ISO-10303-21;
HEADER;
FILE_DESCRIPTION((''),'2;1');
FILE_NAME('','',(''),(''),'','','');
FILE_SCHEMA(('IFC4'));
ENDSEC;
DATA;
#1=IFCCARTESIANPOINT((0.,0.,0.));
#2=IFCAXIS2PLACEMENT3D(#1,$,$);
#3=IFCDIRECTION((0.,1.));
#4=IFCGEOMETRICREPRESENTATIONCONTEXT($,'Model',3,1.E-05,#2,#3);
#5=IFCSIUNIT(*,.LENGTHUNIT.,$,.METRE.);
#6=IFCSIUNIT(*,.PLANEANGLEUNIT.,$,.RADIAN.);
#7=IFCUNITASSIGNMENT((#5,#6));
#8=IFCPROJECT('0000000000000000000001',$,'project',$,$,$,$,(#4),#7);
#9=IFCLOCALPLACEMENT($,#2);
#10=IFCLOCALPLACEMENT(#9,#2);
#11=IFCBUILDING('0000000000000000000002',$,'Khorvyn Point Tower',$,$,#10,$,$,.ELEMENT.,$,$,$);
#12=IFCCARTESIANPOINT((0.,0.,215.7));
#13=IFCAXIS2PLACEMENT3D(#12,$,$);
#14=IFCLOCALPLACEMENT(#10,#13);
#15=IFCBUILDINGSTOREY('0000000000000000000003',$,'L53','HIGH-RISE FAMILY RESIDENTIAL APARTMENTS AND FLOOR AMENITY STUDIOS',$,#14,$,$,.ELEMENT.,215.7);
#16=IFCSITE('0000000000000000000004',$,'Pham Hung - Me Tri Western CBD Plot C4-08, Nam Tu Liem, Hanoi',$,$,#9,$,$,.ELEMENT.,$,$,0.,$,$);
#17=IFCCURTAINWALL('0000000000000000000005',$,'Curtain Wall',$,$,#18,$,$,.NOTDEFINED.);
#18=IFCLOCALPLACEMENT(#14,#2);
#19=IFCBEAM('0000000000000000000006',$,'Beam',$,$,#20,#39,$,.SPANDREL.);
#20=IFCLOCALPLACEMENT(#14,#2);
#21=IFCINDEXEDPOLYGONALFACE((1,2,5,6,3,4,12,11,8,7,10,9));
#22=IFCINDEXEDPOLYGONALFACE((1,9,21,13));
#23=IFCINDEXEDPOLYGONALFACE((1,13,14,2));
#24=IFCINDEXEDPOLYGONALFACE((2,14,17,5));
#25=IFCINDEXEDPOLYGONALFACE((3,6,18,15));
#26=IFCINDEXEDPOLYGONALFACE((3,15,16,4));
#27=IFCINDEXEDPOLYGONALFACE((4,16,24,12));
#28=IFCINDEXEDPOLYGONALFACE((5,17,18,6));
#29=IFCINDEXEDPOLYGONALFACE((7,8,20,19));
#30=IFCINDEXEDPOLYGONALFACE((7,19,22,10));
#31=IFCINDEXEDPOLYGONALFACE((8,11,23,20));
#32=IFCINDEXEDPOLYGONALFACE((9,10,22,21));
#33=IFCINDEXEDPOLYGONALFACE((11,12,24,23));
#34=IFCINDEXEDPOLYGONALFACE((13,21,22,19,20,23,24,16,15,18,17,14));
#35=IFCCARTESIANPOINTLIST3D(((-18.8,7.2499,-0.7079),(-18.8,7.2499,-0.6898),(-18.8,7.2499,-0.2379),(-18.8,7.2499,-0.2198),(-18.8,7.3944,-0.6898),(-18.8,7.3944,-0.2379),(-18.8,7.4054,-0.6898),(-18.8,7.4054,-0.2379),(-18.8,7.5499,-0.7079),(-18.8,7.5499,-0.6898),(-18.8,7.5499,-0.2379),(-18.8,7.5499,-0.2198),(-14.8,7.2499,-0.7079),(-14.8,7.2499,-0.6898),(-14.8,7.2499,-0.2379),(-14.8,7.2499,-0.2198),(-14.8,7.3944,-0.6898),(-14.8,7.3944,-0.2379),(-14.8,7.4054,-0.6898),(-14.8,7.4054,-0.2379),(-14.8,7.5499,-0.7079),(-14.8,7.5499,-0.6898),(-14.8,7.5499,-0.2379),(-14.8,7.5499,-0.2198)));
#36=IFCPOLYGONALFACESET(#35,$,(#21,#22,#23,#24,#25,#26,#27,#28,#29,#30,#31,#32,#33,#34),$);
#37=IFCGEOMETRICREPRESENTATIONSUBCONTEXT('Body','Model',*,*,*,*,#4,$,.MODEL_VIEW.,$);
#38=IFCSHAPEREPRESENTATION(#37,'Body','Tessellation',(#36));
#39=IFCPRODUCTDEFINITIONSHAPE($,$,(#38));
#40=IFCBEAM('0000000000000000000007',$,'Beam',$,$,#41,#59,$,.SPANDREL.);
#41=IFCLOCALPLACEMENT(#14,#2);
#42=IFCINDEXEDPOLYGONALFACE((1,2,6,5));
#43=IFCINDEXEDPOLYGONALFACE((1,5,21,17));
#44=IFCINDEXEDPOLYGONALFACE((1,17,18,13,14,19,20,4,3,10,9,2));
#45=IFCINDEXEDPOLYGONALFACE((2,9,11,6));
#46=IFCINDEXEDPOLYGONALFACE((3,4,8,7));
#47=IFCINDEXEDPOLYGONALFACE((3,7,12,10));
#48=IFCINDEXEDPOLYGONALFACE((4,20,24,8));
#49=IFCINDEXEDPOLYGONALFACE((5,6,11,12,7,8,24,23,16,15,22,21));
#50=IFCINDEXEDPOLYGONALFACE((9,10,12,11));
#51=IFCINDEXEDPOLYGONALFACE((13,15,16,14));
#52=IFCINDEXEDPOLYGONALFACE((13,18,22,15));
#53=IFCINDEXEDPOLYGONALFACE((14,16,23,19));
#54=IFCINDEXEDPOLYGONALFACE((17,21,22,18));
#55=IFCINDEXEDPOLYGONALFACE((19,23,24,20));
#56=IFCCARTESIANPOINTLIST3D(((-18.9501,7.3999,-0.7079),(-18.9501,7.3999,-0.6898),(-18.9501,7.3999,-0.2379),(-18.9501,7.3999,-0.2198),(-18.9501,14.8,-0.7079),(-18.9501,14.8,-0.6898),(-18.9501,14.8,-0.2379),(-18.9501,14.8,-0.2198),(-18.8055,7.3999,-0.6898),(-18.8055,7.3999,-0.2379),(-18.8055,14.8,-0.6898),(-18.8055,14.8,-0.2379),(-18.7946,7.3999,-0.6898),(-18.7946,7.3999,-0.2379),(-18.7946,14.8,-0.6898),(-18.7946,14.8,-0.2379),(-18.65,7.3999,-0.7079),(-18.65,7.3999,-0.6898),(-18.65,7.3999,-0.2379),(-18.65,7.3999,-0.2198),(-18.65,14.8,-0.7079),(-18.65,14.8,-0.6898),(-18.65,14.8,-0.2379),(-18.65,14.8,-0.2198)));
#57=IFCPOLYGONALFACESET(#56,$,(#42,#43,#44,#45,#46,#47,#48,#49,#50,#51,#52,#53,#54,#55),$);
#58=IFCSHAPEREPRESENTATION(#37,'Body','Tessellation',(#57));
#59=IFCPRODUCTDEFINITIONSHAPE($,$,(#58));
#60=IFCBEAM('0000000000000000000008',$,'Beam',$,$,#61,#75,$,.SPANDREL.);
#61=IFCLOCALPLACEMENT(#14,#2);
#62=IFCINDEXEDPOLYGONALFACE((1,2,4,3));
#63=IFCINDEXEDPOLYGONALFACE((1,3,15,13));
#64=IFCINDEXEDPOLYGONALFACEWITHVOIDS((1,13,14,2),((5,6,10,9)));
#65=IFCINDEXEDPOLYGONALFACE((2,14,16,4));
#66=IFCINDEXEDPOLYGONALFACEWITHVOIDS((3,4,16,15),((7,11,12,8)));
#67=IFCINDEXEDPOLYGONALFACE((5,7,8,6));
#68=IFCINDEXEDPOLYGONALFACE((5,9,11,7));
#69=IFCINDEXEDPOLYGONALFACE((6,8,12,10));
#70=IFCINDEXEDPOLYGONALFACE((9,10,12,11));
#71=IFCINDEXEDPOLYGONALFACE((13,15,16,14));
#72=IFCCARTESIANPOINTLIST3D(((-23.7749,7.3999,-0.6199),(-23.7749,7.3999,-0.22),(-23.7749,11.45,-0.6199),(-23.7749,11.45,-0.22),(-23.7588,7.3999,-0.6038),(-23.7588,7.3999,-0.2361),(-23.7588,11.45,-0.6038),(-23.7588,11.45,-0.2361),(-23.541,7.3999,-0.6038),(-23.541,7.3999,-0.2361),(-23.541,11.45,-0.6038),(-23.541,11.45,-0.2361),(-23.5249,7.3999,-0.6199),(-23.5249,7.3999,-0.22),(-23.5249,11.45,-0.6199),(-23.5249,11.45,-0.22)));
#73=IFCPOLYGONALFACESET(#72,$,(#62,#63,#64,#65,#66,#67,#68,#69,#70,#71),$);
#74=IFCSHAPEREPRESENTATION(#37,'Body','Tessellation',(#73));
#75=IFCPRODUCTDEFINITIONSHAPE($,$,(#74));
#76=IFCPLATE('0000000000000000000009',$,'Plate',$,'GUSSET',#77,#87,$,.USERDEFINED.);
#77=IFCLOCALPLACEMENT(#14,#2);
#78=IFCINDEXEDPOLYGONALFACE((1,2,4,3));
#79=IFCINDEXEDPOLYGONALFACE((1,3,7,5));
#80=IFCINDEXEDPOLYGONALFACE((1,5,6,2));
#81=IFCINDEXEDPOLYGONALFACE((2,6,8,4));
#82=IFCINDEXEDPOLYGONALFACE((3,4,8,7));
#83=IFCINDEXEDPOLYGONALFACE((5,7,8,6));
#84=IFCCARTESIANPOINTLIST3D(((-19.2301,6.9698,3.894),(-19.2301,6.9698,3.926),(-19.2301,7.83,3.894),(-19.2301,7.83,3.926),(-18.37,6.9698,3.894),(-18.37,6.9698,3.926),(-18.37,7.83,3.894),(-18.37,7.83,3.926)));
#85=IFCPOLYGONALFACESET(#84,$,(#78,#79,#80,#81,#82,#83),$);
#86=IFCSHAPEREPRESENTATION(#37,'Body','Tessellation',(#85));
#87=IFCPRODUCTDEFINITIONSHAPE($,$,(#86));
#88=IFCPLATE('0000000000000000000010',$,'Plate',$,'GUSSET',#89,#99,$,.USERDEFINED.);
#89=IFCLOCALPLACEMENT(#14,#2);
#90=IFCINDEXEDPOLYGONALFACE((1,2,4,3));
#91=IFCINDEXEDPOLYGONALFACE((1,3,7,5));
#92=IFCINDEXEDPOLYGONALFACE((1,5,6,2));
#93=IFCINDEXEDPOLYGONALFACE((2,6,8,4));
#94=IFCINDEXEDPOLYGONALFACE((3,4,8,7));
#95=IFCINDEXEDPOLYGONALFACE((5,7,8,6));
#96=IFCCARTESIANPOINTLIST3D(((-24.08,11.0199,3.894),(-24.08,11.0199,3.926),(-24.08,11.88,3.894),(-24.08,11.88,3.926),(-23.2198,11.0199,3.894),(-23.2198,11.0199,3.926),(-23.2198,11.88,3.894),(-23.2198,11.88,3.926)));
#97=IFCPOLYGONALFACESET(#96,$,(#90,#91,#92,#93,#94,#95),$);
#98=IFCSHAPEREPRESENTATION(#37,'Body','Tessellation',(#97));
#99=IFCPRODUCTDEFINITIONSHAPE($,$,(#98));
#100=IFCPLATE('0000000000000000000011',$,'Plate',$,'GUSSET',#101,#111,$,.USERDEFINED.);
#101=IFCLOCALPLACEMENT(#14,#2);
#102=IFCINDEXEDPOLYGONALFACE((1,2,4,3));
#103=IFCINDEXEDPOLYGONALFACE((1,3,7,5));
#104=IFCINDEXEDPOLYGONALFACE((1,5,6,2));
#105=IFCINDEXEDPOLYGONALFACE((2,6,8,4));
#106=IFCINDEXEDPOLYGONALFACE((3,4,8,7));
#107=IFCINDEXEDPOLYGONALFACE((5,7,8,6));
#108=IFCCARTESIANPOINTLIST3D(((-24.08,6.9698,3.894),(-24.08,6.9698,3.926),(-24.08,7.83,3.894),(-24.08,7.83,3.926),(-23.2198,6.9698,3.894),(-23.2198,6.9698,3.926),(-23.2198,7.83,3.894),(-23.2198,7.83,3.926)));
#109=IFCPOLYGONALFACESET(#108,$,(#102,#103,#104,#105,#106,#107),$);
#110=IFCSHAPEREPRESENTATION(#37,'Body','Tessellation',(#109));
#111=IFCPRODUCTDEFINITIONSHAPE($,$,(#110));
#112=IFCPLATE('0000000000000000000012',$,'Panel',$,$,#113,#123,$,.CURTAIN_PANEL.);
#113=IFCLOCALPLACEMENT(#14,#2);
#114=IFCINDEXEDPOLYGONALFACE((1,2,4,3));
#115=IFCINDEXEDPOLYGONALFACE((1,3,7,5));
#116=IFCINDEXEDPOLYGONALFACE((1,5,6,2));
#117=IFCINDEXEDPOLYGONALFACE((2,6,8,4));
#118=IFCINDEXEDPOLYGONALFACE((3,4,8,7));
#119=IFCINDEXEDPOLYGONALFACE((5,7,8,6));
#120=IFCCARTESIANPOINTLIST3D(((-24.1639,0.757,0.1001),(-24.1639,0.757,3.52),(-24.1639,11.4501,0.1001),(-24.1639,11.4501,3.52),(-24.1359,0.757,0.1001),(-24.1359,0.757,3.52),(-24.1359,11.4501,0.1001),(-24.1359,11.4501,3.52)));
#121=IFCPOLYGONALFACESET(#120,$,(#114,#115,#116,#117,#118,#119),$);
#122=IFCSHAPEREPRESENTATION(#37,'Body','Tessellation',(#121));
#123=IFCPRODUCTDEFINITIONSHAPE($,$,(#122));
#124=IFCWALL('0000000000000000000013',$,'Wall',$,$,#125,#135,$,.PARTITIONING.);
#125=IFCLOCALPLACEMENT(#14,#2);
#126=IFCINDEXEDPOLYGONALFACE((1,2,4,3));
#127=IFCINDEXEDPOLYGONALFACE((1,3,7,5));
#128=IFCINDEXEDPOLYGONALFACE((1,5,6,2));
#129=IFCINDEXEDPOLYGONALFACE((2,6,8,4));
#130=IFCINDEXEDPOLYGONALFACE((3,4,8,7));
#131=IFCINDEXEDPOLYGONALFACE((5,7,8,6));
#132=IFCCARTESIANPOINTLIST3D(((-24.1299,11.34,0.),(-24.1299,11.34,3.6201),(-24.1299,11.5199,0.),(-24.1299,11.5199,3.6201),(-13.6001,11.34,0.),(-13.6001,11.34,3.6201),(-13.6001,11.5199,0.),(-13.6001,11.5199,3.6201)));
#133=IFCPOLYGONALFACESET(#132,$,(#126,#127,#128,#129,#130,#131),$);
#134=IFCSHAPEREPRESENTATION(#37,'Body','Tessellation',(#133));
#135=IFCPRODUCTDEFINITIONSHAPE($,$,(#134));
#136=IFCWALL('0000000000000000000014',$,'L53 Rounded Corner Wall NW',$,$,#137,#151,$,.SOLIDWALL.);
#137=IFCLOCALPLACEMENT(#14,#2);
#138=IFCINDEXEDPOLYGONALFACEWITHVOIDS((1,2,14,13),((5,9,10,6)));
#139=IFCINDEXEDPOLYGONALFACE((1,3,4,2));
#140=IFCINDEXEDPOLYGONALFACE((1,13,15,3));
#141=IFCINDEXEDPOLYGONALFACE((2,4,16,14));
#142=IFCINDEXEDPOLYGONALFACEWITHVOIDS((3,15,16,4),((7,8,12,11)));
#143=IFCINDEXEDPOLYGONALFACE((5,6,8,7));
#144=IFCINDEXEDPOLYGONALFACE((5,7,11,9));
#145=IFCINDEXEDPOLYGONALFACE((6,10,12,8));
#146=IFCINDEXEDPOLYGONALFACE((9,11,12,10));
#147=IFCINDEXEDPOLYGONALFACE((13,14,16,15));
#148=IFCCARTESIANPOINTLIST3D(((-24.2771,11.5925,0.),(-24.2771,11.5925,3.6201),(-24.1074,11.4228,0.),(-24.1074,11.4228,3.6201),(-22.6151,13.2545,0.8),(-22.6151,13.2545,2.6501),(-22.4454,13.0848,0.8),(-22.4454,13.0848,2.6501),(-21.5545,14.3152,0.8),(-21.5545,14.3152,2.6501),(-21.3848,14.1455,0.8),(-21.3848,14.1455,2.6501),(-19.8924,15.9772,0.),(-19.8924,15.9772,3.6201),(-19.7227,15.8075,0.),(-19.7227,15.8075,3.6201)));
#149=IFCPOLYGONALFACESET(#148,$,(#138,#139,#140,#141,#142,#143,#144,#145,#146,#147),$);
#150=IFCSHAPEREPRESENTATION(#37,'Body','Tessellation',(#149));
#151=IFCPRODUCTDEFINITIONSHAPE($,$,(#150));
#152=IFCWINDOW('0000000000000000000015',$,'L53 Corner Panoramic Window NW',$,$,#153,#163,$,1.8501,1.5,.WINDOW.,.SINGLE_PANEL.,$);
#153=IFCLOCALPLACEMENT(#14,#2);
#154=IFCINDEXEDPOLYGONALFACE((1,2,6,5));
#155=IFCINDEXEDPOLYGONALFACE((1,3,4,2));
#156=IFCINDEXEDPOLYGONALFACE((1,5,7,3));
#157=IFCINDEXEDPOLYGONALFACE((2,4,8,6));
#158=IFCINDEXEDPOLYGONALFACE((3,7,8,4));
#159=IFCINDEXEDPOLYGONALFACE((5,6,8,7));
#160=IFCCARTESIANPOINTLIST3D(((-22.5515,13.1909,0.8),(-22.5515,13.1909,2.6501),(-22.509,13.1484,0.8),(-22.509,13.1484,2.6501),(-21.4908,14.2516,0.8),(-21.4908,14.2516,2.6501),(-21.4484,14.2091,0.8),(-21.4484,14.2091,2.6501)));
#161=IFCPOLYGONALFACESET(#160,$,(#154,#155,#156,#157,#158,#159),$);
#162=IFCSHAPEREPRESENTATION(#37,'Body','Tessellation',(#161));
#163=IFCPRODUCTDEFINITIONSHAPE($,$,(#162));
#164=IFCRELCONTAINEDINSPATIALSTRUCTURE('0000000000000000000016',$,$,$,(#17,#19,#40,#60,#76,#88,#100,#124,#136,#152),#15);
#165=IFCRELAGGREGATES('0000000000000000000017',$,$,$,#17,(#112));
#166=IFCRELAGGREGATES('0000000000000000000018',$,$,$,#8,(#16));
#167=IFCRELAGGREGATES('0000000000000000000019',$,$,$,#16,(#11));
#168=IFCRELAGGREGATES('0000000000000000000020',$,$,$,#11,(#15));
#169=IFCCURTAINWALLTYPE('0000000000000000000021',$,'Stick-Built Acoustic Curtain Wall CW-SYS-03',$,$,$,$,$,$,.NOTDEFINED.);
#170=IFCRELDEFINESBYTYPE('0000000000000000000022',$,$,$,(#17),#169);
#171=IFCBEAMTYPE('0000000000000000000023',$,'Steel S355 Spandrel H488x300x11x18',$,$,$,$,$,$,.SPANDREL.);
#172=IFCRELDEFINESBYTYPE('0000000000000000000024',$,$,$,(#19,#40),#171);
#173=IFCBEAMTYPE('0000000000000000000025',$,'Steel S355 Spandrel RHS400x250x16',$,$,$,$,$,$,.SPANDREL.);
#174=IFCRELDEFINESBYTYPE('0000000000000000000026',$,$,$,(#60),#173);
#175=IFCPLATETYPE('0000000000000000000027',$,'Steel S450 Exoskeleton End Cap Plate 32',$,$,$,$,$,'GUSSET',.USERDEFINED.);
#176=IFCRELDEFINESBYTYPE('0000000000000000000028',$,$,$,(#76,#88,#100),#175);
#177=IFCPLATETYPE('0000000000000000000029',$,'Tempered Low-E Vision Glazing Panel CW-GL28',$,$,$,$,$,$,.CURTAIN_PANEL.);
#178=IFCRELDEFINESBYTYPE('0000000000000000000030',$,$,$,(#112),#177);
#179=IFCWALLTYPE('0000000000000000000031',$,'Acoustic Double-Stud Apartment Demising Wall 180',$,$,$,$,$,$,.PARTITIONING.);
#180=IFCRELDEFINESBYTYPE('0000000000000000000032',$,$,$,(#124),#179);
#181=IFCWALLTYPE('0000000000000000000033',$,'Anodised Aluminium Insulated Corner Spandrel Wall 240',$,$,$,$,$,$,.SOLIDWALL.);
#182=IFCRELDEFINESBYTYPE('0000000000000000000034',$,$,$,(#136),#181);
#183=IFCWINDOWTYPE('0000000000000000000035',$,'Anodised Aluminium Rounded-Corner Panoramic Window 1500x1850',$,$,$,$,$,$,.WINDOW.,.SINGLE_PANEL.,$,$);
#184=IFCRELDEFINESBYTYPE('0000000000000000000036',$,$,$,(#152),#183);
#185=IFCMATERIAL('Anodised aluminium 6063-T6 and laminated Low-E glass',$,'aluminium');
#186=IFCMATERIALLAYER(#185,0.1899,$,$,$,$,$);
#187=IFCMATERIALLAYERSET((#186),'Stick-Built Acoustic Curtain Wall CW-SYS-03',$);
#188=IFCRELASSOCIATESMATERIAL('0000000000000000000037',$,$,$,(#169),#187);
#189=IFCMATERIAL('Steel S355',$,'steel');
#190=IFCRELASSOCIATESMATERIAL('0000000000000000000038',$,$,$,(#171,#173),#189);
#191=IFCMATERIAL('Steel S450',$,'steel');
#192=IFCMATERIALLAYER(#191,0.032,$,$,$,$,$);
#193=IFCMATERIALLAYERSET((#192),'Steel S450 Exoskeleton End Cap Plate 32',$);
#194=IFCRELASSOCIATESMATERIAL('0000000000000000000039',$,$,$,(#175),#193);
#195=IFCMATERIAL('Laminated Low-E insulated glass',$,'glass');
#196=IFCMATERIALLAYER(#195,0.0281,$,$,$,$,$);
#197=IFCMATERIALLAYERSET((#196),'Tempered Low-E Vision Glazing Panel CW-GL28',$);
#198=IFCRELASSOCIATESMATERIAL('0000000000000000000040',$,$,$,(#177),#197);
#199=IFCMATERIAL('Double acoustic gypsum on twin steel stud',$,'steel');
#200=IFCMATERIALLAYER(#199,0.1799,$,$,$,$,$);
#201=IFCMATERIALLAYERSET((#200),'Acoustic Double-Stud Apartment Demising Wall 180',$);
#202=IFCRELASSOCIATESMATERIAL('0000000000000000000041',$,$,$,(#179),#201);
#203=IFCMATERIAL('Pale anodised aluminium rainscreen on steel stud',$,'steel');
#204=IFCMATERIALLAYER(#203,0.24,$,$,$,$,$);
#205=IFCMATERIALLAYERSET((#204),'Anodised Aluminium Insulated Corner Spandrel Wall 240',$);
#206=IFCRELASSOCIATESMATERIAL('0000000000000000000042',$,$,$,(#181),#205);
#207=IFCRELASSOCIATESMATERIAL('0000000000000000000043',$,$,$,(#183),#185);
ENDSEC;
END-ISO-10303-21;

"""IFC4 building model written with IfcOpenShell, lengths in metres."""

from ifc_helpers import new_model, si_unit, direction, frame, frame_2d, origin, origin_2d, place, context, subcontext, project, spatial, rectangle, hollow_rectangle, i_section, extrude, material, layer, layer_set, material_profile, profile_set, type_object, element, fill, aggregate, save


model = new_model("IFC4")

# Units and contexts
model_context = context("Model", 3, precision=1e-05, world=origin(), true_north=direction((0.0, 1.0)))
body_context = subcontext(model_context, "Body", "Model", "MODEL_VIEW")
ifc_project = project(units=[si_unit("LENGTHUNIT", "METRE"), si_unit("PLANEANGLEUNIT", "RADIAN")], contexts=[model_context])

# Site, building, storey
site_placement = place(None, origin())
site = spatial("IfcSite", under=ifc_project, at=site_placement, Name="Pham Hung - Me Tri Western CBD Plot C4-08, Nam Tu Liem, Hanoi", CompositionType="ELEMENT", RefElevation=0.0)
building_placement = place(site_placement, origin())
building = spatial("IfcBuilding", under=site, at=building_placement, Name="Khorvyn Point Tower", CompositionType="ELEMENT")
storey_placement = place(building_placement, frame((0.0, 0.0, 215.7)))
storey = spatial("IfcBuildingStorey", under=building, at=storey_placement, Name="L53", Description="HIGH-RISE FAMILY RESIDENTIAL APARTMENTS AND FLOOR AMENITY STUDIOS", CompositionType="ELEMENT", Elevation=215.7)

# Shared definitions
ifc_material_1 = material(Name="Steel S450", Category="steel")

# Curtain wall
ifc_material_2 = material(Name="Anodised aluminium 6063-T6 and laminated Low-E glass", Category="aluminium")
ifc_layer_1 = layer(ifc_material_2, 0.1899)
ifc_layer_set_1 = layer_set([ifc_layer_1], Name="Stick-Built Acoustic Curtain Wall CW-SYS-03")
curtain_wall_type = type_object("IfcCurtainWallType", Name="Stick-Built Acoustic Curtain Wall CW-SYS-03", PredefinedType="NOTDEFINED", material=ifc_layer_set_1)
curtain_wall_1_placement = place(storey_placement, origin())
curtain_wall_1 = element("IfcCurtainWall", 1, at=curtain_wall_1_placement, inside=storey, type_object=curtain_wall_type, Name="Curtain Wall", PredefinedType="NOTDEFINED")

# Beams
ifc_material_3 = material(Name="Steel S355", Category="steel")
ifc_material_profile_1 = material_profile(ifc_material_3, i_section(OverallWidth=0.3, OverallDepth=0.488, WebThickness=0.011, FlangeThickness=0.0181, at=origin_2d()))
ifc_profile_set_1 = profile_set([ifc_material_profile_1], Name="Steel S355 H488x300x11x18")
beam_type_1 = type_object("IfcBeamType", Name="Steel S355 Spandrel H488x300x11x18", PredefinedType="SPANDREL", material=ifc_profile_set_1)
beam_1_placement = place(storey_placement, frame((-18.8, 7.3999, -0.4639), z_axis=(1.0, 0.0, 0.0), x_axis=(0.0, 1.0, 0.0)))
element("IfcBeam", 2, at=beam_1_placement, inside=storey, type_object=beam_type_1, Name="Beam", PredefinedType="SPANDREL", context=body_context, shape_type="SweptSolid", body=[
    extrude(i_section(OverallWidth=0.3, OverallDepth=0.488, WebThickness=0.011, FlangeThickness=0.0181, at=origin_2d()), origin(), (0.0, 0.0, 1.0), 4.0),
])
beam_2_placement = place(storey_placement, frame((-18.8, 7.3999, -0.4639), z_axis=(0.0, 1.0, 0.0), x_axis=(-1.0, 0.0, 0.0)))
element("IfcBeam", 3, at=beam_2_placement, inside=storey, type_object=beam_type_1, Name="Beam", PredefinedType="SPANDREL", context=body_context, shape_type="SweptSolid", body=[
    extrude(i_section(OverallWidth=0.3, OverallDepth=0.488, WebThickness=0.011, FlangeThickness=0.0181, at=origin_2d()), origin(), (0.0, 0.0, 1.0), 7.4001),
])
ifc_material_profile_2 = material_profile(ifc_material_3, hollow_rectangle(XDim=0.25, YDim=0.3999, WallThickness=0.0161, at=origin_2d()))
ifc_profile_set_2 = profile_set([ifc_material_profile_2], Name="Steel S355 RHS400x250x16")
beam_type_2 = type_object("IfcBeamType", Name="Steel S355 Spandrel RHS400x250x16", PredefinedType="SPANDREL", material=ifc_profile_set_2)
beam_3_placement = place(storey_placement, frame((-23.6499, 7.3999, -0.4199), z_axis=(0.0, 1.0, 0.0), x_axis=(-1.0, 0.0, 0.0)))
element("IfcBeam", 4, at=beam_3_placement, inside=storey, type_object=beam_type_2, Name="Beam", PredefinedType="SPANDREL", context=body_context, shape_type="SweptSolid", body=[
    extrude(hollow_rectangle(XDim=0.25, YDim=0.3999, WallThickness=0.0161, at=origin_2d()), origin(), (0.0, 0.0, 1.0), 4.05),
])

# Plates
ifc_layer_2 = layer(ifc_material_1, 0.032)
ifc_layer_set_2 = layer_set([ifc_layer_2], Name="Steel S450 Exoskeleton End Cap Plate 32")
plate_type_1 = type_object("IfcPlateType", Name="Steel S450 Exoskeleton End Cap Plate 32", ElementType="GUSSET", PredefinedType="USERDEFINED", material=ifc_layer_set_2)
for number, where, z_axis, x_axis, name in (
    (5, (-18.8, 7.3999, 3.894), (0.0, 0.0, 1.0), (1.0, 0.0, 0.0), "Plate"),
    (6, (-23.6499, 11.45, 3.894), (0.0, 0.0, 1.0), (1.0, 0.0, 0.0), "Plate"),
    (7, (-23.6499, 7.3999, 3.894), (0.0, 0.0, 1.0), (1.0, 0.0, 0.0), "Plate"),
):
    element("IfcPlate", number, at=place(storey_placement, frame(where, z_axis=z_axis, x_axis=x_axis)), inside=storey, type_object=plate_type_1, Name=name, ObjectType="GUSSET", PredefinedType="USERDEFINED", context=body_context, shape_type="SweptSolid", body=[
        extrude(rectangle(XDim=0.8601, YDim=0.8601, at=origin_2d()), origin(), (0.0, 0.0, 1.0), 0.032),
    ])

# Plate
ifc_material_4 = material(Name="Laminated Low-E insulated glass", Category="glass")
ifc_layer_3 = layer(ifc_material_4, 0.0281)
ifc_layer_set_3 = layer_set([ifc_layer_3], Name="Tempered Low-E Vision Glazing Panel CW-GL28")
plate_type_2 = type_object("IfcPlateType", Name="Tempered Low-E Vision Glazing Panel CW-GL28", PredefinedType="CURTAIN_PANEL", material=ifc_layer_set_3)
plate_placement = place(storey_placement, frame((-24.1499, 6.1035, 0.1001), z_axis=(0.0, 0.0, 1.0), x_axis=(0.0, 1.0, 0.0)))
plate = element("IfcPlate", 8, at=plate_placement, type_object=plate_type_2, Name="Panel", PredefinedType="CURTAIN_PANEL", context=body_context, shape_type="SweptSolid", body=[
    extrude(rectangle(XDim=10.6931, YDim=0.0281, at=origin_2d()), origin(), (0.0, 0.0, 1.0), 3.4199),
])
aggregate(curtain_wall_1, [plate])

# Wall
ifc_material_5 = material(Name="Double acoustic gypsum on twin steel stud", Category="steel")
ifc_layer_4 = layer(ifc_material_5, 0.1799)
ifc_layer_set_4 = layer_set([ifc_layer_4], Name="Acoustic Double-Stud Apartment Demising Wall 180")
wall_type_1 = type_object("IfcWallType", Name="Acoustic Double-Stud Apartment Demising Wall 180", PredefinedType="PARTITIONING", material=ifc_layer_set_4)
wall_1_placement = place(storey_placement, frame((-24.1299, 11.4299, 0.0), z_axis=(0.0, 0.0, 1.0), x_axis=(1.0, 0.0, 0.0)))
element("IfcWall", 9, at=wall_1_placement, inside=storey, type_object=wall_type_1, Name="Wall", PredefinedType="PARTITIONING", context=body_context, shape_type="SweptSolid", body=[
    extrude(rectangle(XDim=10.5298, YDim=0.1799, at=frame_2d((5.2649, 0.0))), origin(), (0.0, 0.0, 1.0), 3.6201),
])

# Wall, opening, window
ifc_material_6 = material(Name="Pale anodised aluminium rainscreen on steel stud", Category="steel")
ifc_layer_5 = layer(ifc_material_6, 0.24)
ifc_layer_set_5 = layer_set([ifc_layer_5], Name="Anodised Aluminium Insulated Corner Spandrel Wall 240")
wall_type_2 = type_object("IfcWallType", Name="Anodised Aluminium Insulated Corner Spandrel Wall 240", PredefinedType="SOLIDWALL", material=ifc_layer_set_5)
wall_2_placement = place(storey_placement, frame((-24.1924, 11.5076, 0.0), z_axis=(0.0, 0.0, 1.0), x_axis=(0.707107, 0.707107, 0.0)))
wall_2 = element("IfcWall", 10, at=wall_2_placement, inside=storey, type_object=wall_type_2, Name="L53 Rounded Corner Wall NW", PredefinedType="SOLIDWALL", context=body_context, shape_type="SweptSolid", body=[
    extrude(rectangle(XDim=6.2009, YDim=0.24, at=frame_2d((3.1006, 0.0))), origin(), (0.0, 0.0, 1.0), 3.6201),
])
opening_1_placement = place(wall_2_placement, frame((2.3506, 0.0, 0.8)))
opening_1 = element("IfcOpeningElement", 11, at=opening_1_placement, cuts=wall_2, PredefinedType="OPENING", context=body_context, shape_type="SweptSolid", body=[
    extrude(rectangle(XDim=1.5, YDim=1.8501, at=frame_2d((0.75, 0.925))), frame((0.0, 0.1299, 0.0), z_axis=(0.0, -1.0, 0.0), x_axis=(1.0, 0.0, 0.0)), (0.0, 0.0, 1.0), 0.26),
])
window_type = type_object("IfcWindowType", Name="Anodised Aluminium Rounded-Corner Panoramic Window 1500x1850", PartitioningType="SINGLE_PANEL", PredefinedType="WINDOW", material=ifc_material_2)
window_placement = place(opening_1_placement, origin())
window = element("IfcWindow", 12, at=window_placement, inside=storey, type_object=window_type, Name="L53 Corner Panoramic Window NW", OverallHeight=1.8501, OverallWidth=1.5, PartitioningType="SINGLE_PANEL", PredefinedType="WINDOW", context=body_context, shape_type="SweptSolid", body=[
    extrude(rectangle(XDim=1.5, YDim=1.8501, at=frame_2d((0.75, 0.925))), frame((0.0, 0.03, 0.0), z_axis=(0.0, -1.0, 0.0), x_axis=(1.0, 0.0, 0.0)), (0.0, 0.0, 1.0), 0.0601),
])
fill(opening_1, window)

save(model, "model.ifc")
